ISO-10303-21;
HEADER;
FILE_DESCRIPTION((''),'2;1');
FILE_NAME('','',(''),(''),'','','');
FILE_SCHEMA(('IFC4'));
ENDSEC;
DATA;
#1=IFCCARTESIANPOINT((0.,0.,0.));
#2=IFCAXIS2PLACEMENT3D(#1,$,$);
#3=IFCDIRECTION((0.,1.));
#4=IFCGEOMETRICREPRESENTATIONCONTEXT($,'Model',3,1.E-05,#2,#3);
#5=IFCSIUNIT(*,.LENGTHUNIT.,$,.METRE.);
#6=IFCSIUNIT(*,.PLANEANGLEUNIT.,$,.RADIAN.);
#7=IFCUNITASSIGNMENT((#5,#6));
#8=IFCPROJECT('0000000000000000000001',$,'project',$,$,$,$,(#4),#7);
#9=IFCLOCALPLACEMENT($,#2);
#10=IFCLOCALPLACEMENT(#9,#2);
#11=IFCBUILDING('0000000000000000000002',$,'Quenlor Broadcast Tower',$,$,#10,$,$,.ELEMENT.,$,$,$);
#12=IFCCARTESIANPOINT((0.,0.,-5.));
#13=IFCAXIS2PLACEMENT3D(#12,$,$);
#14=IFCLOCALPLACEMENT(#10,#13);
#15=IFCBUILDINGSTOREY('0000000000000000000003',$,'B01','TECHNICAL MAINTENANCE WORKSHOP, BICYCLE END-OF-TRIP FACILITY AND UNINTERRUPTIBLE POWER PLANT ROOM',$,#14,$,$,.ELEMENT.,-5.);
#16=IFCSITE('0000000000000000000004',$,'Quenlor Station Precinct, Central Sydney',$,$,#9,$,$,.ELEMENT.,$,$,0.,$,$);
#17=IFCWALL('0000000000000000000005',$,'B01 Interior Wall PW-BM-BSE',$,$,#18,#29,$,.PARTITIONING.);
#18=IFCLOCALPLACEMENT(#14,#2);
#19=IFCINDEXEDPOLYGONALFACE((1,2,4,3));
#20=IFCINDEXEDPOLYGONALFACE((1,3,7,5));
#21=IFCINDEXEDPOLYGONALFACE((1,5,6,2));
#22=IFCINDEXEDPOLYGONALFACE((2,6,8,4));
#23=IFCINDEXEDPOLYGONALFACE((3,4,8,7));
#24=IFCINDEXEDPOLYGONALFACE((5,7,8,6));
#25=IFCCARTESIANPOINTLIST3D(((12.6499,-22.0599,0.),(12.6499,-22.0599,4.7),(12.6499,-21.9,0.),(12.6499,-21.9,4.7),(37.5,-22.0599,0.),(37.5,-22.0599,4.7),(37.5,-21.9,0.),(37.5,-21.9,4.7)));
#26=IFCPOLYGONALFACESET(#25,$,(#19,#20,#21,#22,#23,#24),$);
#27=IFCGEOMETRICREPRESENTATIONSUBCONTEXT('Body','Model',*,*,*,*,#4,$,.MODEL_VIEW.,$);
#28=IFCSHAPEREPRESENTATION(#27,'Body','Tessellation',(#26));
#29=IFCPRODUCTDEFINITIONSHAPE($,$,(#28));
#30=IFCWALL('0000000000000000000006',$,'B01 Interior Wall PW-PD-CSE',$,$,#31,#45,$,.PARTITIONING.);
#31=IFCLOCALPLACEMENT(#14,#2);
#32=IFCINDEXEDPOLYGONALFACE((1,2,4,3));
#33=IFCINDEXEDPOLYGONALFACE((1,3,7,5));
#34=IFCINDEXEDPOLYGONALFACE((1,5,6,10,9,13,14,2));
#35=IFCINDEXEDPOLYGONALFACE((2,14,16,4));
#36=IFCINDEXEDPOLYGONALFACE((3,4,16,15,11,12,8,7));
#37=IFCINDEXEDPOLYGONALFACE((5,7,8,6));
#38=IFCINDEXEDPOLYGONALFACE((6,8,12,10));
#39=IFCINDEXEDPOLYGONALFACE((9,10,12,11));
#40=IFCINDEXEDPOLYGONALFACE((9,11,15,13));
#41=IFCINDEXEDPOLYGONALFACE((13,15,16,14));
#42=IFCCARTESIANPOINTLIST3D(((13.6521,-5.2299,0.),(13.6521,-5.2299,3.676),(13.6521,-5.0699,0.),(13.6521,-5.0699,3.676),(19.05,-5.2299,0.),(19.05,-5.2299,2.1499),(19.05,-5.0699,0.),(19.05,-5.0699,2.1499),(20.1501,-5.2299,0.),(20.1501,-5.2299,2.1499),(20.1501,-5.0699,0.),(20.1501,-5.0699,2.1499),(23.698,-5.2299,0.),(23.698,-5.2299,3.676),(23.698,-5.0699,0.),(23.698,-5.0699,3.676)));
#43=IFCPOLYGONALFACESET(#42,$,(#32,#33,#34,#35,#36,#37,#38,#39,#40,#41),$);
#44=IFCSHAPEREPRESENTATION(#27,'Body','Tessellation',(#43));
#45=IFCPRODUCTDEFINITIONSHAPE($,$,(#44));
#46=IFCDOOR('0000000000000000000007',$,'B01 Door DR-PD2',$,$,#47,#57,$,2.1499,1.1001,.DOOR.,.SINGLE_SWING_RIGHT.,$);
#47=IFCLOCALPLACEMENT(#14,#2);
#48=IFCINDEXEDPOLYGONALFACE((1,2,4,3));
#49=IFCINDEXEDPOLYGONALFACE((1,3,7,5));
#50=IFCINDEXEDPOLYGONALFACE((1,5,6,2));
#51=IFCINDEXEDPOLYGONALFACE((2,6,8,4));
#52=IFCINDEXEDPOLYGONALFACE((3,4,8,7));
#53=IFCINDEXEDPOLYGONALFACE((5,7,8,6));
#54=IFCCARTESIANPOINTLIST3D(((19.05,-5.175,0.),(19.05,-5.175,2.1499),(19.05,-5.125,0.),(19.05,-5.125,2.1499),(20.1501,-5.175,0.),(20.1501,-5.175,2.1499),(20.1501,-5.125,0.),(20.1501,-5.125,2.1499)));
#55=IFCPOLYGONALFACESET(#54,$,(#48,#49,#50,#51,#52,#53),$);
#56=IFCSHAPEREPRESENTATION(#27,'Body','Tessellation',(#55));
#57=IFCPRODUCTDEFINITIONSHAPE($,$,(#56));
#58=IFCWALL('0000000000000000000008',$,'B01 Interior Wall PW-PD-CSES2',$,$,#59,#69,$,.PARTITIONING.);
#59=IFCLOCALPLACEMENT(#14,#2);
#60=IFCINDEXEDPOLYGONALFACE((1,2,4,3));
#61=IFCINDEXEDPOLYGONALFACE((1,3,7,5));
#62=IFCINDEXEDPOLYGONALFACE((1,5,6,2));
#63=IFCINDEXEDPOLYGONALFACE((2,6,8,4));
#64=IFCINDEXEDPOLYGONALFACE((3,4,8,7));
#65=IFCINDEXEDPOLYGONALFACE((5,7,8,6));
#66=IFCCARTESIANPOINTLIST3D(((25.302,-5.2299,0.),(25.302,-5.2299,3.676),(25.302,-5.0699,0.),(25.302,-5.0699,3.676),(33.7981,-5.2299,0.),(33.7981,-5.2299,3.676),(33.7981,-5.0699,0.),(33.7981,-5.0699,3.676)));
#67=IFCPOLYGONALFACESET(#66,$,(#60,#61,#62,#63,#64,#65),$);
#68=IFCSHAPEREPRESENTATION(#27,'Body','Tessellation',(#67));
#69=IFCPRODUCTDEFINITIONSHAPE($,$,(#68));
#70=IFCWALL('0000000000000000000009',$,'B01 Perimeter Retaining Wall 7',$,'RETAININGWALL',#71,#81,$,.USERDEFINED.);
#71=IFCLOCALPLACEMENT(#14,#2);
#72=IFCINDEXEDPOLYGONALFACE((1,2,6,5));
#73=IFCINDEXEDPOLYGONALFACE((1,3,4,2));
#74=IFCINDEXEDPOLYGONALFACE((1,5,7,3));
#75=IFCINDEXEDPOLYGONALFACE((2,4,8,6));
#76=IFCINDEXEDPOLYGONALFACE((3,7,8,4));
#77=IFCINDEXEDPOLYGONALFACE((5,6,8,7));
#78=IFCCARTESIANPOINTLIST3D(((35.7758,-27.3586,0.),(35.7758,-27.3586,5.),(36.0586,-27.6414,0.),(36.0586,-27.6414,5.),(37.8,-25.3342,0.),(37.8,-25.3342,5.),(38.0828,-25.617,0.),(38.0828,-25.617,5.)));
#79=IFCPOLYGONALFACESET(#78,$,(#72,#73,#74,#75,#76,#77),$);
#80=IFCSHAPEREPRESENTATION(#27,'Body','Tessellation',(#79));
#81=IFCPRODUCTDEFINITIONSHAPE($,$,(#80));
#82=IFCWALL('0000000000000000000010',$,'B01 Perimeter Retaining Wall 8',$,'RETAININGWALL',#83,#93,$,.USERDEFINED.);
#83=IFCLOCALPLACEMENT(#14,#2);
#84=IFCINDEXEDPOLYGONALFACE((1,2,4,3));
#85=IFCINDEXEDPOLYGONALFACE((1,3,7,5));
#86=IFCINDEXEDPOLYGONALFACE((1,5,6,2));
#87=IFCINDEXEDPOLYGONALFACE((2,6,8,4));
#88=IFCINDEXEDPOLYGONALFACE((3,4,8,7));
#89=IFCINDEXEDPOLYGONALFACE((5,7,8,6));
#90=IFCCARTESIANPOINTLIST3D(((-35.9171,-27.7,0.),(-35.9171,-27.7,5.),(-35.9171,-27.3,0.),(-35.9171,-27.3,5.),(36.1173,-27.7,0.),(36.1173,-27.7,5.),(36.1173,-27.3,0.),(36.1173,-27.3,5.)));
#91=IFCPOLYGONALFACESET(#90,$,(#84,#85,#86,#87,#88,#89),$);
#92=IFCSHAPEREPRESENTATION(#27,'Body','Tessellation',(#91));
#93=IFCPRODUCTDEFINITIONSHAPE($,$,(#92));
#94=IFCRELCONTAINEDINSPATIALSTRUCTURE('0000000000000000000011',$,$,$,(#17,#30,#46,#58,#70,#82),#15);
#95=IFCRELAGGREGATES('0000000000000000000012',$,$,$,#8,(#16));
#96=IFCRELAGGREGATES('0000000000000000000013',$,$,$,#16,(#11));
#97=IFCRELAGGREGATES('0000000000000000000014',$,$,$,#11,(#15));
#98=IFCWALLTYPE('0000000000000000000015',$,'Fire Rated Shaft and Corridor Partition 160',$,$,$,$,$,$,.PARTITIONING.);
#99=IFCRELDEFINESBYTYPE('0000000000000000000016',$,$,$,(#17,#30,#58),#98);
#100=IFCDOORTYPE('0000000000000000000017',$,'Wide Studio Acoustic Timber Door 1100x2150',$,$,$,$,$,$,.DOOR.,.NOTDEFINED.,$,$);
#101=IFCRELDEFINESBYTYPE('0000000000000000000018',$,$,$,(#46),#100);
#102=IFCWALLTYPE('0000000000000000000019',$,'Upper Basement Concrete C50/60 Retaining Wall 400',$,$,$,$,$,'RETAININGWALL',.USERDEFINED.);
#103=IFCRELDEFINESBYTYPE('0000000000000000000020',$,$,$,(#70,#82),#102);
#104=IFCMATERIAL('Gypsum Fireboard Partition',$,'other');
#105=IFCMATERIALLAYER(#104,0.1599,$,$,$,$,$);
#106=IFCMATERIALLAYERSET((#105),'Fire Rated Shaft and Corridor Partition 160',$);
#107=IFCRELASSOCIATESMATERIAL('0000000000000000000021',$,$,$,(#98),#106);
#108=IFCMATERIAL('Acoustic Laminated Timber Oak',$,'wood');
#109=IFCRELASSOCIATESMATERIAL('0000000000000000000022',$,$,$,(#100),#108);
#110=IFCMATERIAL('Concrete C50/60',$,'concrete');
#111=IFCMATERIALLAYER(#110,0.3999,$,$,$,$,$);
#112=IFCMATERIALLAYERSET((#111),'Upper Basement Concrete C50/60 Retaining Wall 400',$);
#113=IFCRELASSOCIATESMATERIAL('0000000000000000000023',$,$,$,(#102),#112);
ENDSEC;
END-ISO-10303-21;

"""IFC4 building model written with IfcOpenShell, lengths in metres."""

from ifc_helpers import new_model, si_unit, direction, frame, frame_2d, origin, place, context, subcontext, project, spatial, rectangle, extrude, material, layer, layer_set, type_object, element, fill, save


model = new_model("IFC4")

# Units and contexts
model_context = context("Model", 3, precision=1e-05, world=origin(), true_north=direction((0.0, 1.0)))
body_context = subcontext(model_context, "Body", "Model", "MODEL_VIEW")
ifc_project = project(units=[si_unit("LENGTHUNIT", "METRE"), si_unit("PLANEANGLEUNIT", "RADIAN")], contexts=[model_context])

# Site, building, storey
site_placement = place(None, origin())
site = spatial("IfcSite", under=ifc_project, at=site_placement, Name="Quenlor Station Precinct, Central Sydney", CompositionType="ELEMENT", RefElevation=0.0)
building_placement = place(site_placement, origin())
building = spatial("IfcBuilding", under=site, at=building_placement, Name="Quenlor Broadcast Tower", CompositionType="ELEMENT")
storey_placement = place(building_placement, frame((0.0, 0.0, -5.0)))
storey = spatial("IfcBuildingStorey", under=building, at=storey_placement, Name="B01", Description="TECHNICAL MAINTENANCE WORKSHOP, BICYCLE END-OF-TRIP FACILITY AND UNINTERRUPTIBLE POWER PLANT ROOM", CompositionType="ELEMENT", Elevation=-5.0)

# Wall
ifc_material_1 = material(Name="Gypsum Fireboard Partition", Category="other")
ifc_layer_1 = layer(ifc_material_1, 0.1599)
ifc_layer_set_1 = layer_set([ifc_layer_1], Name="Fire Rated Shaft and Corridor Partition 160")
wall_type_1 = type_object("IfcWallType", Name="Fire Rated Shaft and Corridor Partition 160", PredefinedType="PARTITIONING", material=ifc_layer_set_1)
wall_1_placement = place(storey_placement, frame((12.6499, -21.98, 0.0), z_axis=(0.0, 0.0, 1.0), x_axis=(1.0, 0.0, 0.0)))
element("IfcWall", 1, at=wall_1_placement, inside=storey, type_object=wall_type_1, Name="B01 Interior Wall PW-BM-BSE", PredefinedType="PARTITIONING", context=body_context, shape_type="SweptSolid", body=[
    extrude(rectangle(XDim=24.8501, YDim=0.1599, at=frame_2d((12.425, 0.0))), origin(), (0.0, 0.0, 1.0), 4.7),
])

# Wall, opening, door
wall_2_placement = place(storey_placement, frame((13.6521, -5.1499, 0.0), z_axis=(0.0, 0.0, 1.0), x_axis=(1.0, 0.0, 0.0)))
wall_2 = element("IfcWall", 2, at=wall_2_placement, inside=storey, type_object=wall_type_1, Name="B01 Interior Wall PW-PD-CSE", PredefinedType="PARTITIONING", context=body_context, shape_type="SweptSolid", body=[
    extrude(rectangle(XDim=10.0459, YDim=0.1599, at=frame_2d((5.0229, 0.0))), origin(), (0.0, 0.0, 1.0), 3.676),
])
opening_placement = place(wall_2_placement, frame((5.3979, 0.0, 0.0)))
opening = element("IfcOpeningElement", 3, at=opening_placement, cuts=wall_2, PredefinedType="OPENING", context=body_context, shape_type="SweptSolid", body=[
    extrude(rectangle(XDim=1.1001, YDim=2.1499, at=frame_2d((0.55, 1.075))), frame((0.0, 0.0898, 0.0), z_axis=(0.0, -1.0, 0.0), x_axis=(1.0, 0.0, 0.0)), (0.0, 0.0, 1.0), 0.1799),
])
ifc_material_2 = material(Name="Acoustic Laminated Timber Oak", Category="wood")
door_type = type_object("IfcDoorType", Name="Wide Studio Acoustic Timber Door 1100x2150", OperationType="NOTDEFINED", PredefinedType="DOOR", material=ifc_material_2)
door_placement = place(opening_placement, origin())
door = element("IfcDoor", 4, at=door_placement, inside=storey, type_object=door_type, Name="B01 Door DR-PD2", OperationType="SINGLE_SWING_RIGHT", OverallHeight=2.1499, OverallWidth=1.1001, PredefinedType="DOOR", context=body_context, shape_type="SweptSolid", body=[
    extrude(rectangle(XDim=1.1001, YDim=2.1499, at=frame_2d((0.55, 1.075))), frame((0.0, 0.0249, 0.0), z_axis=(0.0, -1.0, 0.0), x_axis=(1.0, 0.0, 0.0)), (0.0, 0.0, 1.0), 0.05),
])
fill(opening, door)

# Walls
wall_3_placement = place(storey_placement, frame((25.302, -5.1499, 0.0), z_axis=(0.0, 0.0, 1.0), x_axis=(1.0, 0.0, 0.0)))
element("IfcWall", 5, at=wall_3_placement, inside=storey, type_object=wall_type_1, Name="B01 Interior Wall PW-PD-CSES2", PredefinedType="PARTITIONING", context=body_context, shape_type="SweptSolid", body=[
    extrude(rectangle(XDim=8.4961, YDim=0.1599, at=frame_2d((4.248, 0.0))), origin(), (0.0, 0.0, 1.0), 3.676),
])
ifc_material_3 = material(Name="Concrete C50/60", Category="concrete")
ifc_layer_2 = layer(ifc_material_3, 0.3999)
ifc_layer_set_2 = layer_set([ifc_layer_2], Name="Upper Basement Concrete C50/60 Retaining Wall 400")
wall_type_2 = type_object("IfcWallType", Name="Upper Basement Concrete C50/60 Retaining Wall 400", ElementType="RETAININGWALL", PredefinedType="USERDEFINED", material=ifc_layer_set_2)
wall_4_placement = place(storey_placement, frame((37.9414, -25.4756, 0.0), z_axis=(0.0, 0.0, 1.0), x_axis=(-0.707064, -0.707149, 0.0)))
element("IfcWall", 6, at=wall_4_placement, inside=storey, type_object=wall_type_2, Name="B01 Perimeter Retaining Wall 7", ObjectType="RETAININGWALL", PredefinedType="USERDEFINED", context=body_context, shape_type="SweptSolid", body=[
    extrude(rectangle(XDim=2.8628, YDim=0.3999, at=frame_2d((1.4314, 0.0))), origin(), (0.0, 0.0, 1.0), 5.0),
])
wall_5_placement = place(storey_placement, frame((36.1172, -27.5, 0.0), z_axis=(0.0, 0.0, 1.0), x_axis=(-1.0, 0.0, 0.0)))
element("IfcWall", 7, at=wall_5_placement, inside=storey, type_object=wall_type_2, Name="B01 Perimeter Retaining Wall 8", ObjectType="RETAININGWALL", PredefinedType="USERDEFINED", context=body_context, shape_type="SweptSolid", body=[
    extrude(rectangle(XDim=72.0344, YDim=0.3999, at=frame_2d((36.0171, 0.0))), origin(), (0.0, 0.0, 1.0), 5.0),
])

save(model, "model.ifc")
